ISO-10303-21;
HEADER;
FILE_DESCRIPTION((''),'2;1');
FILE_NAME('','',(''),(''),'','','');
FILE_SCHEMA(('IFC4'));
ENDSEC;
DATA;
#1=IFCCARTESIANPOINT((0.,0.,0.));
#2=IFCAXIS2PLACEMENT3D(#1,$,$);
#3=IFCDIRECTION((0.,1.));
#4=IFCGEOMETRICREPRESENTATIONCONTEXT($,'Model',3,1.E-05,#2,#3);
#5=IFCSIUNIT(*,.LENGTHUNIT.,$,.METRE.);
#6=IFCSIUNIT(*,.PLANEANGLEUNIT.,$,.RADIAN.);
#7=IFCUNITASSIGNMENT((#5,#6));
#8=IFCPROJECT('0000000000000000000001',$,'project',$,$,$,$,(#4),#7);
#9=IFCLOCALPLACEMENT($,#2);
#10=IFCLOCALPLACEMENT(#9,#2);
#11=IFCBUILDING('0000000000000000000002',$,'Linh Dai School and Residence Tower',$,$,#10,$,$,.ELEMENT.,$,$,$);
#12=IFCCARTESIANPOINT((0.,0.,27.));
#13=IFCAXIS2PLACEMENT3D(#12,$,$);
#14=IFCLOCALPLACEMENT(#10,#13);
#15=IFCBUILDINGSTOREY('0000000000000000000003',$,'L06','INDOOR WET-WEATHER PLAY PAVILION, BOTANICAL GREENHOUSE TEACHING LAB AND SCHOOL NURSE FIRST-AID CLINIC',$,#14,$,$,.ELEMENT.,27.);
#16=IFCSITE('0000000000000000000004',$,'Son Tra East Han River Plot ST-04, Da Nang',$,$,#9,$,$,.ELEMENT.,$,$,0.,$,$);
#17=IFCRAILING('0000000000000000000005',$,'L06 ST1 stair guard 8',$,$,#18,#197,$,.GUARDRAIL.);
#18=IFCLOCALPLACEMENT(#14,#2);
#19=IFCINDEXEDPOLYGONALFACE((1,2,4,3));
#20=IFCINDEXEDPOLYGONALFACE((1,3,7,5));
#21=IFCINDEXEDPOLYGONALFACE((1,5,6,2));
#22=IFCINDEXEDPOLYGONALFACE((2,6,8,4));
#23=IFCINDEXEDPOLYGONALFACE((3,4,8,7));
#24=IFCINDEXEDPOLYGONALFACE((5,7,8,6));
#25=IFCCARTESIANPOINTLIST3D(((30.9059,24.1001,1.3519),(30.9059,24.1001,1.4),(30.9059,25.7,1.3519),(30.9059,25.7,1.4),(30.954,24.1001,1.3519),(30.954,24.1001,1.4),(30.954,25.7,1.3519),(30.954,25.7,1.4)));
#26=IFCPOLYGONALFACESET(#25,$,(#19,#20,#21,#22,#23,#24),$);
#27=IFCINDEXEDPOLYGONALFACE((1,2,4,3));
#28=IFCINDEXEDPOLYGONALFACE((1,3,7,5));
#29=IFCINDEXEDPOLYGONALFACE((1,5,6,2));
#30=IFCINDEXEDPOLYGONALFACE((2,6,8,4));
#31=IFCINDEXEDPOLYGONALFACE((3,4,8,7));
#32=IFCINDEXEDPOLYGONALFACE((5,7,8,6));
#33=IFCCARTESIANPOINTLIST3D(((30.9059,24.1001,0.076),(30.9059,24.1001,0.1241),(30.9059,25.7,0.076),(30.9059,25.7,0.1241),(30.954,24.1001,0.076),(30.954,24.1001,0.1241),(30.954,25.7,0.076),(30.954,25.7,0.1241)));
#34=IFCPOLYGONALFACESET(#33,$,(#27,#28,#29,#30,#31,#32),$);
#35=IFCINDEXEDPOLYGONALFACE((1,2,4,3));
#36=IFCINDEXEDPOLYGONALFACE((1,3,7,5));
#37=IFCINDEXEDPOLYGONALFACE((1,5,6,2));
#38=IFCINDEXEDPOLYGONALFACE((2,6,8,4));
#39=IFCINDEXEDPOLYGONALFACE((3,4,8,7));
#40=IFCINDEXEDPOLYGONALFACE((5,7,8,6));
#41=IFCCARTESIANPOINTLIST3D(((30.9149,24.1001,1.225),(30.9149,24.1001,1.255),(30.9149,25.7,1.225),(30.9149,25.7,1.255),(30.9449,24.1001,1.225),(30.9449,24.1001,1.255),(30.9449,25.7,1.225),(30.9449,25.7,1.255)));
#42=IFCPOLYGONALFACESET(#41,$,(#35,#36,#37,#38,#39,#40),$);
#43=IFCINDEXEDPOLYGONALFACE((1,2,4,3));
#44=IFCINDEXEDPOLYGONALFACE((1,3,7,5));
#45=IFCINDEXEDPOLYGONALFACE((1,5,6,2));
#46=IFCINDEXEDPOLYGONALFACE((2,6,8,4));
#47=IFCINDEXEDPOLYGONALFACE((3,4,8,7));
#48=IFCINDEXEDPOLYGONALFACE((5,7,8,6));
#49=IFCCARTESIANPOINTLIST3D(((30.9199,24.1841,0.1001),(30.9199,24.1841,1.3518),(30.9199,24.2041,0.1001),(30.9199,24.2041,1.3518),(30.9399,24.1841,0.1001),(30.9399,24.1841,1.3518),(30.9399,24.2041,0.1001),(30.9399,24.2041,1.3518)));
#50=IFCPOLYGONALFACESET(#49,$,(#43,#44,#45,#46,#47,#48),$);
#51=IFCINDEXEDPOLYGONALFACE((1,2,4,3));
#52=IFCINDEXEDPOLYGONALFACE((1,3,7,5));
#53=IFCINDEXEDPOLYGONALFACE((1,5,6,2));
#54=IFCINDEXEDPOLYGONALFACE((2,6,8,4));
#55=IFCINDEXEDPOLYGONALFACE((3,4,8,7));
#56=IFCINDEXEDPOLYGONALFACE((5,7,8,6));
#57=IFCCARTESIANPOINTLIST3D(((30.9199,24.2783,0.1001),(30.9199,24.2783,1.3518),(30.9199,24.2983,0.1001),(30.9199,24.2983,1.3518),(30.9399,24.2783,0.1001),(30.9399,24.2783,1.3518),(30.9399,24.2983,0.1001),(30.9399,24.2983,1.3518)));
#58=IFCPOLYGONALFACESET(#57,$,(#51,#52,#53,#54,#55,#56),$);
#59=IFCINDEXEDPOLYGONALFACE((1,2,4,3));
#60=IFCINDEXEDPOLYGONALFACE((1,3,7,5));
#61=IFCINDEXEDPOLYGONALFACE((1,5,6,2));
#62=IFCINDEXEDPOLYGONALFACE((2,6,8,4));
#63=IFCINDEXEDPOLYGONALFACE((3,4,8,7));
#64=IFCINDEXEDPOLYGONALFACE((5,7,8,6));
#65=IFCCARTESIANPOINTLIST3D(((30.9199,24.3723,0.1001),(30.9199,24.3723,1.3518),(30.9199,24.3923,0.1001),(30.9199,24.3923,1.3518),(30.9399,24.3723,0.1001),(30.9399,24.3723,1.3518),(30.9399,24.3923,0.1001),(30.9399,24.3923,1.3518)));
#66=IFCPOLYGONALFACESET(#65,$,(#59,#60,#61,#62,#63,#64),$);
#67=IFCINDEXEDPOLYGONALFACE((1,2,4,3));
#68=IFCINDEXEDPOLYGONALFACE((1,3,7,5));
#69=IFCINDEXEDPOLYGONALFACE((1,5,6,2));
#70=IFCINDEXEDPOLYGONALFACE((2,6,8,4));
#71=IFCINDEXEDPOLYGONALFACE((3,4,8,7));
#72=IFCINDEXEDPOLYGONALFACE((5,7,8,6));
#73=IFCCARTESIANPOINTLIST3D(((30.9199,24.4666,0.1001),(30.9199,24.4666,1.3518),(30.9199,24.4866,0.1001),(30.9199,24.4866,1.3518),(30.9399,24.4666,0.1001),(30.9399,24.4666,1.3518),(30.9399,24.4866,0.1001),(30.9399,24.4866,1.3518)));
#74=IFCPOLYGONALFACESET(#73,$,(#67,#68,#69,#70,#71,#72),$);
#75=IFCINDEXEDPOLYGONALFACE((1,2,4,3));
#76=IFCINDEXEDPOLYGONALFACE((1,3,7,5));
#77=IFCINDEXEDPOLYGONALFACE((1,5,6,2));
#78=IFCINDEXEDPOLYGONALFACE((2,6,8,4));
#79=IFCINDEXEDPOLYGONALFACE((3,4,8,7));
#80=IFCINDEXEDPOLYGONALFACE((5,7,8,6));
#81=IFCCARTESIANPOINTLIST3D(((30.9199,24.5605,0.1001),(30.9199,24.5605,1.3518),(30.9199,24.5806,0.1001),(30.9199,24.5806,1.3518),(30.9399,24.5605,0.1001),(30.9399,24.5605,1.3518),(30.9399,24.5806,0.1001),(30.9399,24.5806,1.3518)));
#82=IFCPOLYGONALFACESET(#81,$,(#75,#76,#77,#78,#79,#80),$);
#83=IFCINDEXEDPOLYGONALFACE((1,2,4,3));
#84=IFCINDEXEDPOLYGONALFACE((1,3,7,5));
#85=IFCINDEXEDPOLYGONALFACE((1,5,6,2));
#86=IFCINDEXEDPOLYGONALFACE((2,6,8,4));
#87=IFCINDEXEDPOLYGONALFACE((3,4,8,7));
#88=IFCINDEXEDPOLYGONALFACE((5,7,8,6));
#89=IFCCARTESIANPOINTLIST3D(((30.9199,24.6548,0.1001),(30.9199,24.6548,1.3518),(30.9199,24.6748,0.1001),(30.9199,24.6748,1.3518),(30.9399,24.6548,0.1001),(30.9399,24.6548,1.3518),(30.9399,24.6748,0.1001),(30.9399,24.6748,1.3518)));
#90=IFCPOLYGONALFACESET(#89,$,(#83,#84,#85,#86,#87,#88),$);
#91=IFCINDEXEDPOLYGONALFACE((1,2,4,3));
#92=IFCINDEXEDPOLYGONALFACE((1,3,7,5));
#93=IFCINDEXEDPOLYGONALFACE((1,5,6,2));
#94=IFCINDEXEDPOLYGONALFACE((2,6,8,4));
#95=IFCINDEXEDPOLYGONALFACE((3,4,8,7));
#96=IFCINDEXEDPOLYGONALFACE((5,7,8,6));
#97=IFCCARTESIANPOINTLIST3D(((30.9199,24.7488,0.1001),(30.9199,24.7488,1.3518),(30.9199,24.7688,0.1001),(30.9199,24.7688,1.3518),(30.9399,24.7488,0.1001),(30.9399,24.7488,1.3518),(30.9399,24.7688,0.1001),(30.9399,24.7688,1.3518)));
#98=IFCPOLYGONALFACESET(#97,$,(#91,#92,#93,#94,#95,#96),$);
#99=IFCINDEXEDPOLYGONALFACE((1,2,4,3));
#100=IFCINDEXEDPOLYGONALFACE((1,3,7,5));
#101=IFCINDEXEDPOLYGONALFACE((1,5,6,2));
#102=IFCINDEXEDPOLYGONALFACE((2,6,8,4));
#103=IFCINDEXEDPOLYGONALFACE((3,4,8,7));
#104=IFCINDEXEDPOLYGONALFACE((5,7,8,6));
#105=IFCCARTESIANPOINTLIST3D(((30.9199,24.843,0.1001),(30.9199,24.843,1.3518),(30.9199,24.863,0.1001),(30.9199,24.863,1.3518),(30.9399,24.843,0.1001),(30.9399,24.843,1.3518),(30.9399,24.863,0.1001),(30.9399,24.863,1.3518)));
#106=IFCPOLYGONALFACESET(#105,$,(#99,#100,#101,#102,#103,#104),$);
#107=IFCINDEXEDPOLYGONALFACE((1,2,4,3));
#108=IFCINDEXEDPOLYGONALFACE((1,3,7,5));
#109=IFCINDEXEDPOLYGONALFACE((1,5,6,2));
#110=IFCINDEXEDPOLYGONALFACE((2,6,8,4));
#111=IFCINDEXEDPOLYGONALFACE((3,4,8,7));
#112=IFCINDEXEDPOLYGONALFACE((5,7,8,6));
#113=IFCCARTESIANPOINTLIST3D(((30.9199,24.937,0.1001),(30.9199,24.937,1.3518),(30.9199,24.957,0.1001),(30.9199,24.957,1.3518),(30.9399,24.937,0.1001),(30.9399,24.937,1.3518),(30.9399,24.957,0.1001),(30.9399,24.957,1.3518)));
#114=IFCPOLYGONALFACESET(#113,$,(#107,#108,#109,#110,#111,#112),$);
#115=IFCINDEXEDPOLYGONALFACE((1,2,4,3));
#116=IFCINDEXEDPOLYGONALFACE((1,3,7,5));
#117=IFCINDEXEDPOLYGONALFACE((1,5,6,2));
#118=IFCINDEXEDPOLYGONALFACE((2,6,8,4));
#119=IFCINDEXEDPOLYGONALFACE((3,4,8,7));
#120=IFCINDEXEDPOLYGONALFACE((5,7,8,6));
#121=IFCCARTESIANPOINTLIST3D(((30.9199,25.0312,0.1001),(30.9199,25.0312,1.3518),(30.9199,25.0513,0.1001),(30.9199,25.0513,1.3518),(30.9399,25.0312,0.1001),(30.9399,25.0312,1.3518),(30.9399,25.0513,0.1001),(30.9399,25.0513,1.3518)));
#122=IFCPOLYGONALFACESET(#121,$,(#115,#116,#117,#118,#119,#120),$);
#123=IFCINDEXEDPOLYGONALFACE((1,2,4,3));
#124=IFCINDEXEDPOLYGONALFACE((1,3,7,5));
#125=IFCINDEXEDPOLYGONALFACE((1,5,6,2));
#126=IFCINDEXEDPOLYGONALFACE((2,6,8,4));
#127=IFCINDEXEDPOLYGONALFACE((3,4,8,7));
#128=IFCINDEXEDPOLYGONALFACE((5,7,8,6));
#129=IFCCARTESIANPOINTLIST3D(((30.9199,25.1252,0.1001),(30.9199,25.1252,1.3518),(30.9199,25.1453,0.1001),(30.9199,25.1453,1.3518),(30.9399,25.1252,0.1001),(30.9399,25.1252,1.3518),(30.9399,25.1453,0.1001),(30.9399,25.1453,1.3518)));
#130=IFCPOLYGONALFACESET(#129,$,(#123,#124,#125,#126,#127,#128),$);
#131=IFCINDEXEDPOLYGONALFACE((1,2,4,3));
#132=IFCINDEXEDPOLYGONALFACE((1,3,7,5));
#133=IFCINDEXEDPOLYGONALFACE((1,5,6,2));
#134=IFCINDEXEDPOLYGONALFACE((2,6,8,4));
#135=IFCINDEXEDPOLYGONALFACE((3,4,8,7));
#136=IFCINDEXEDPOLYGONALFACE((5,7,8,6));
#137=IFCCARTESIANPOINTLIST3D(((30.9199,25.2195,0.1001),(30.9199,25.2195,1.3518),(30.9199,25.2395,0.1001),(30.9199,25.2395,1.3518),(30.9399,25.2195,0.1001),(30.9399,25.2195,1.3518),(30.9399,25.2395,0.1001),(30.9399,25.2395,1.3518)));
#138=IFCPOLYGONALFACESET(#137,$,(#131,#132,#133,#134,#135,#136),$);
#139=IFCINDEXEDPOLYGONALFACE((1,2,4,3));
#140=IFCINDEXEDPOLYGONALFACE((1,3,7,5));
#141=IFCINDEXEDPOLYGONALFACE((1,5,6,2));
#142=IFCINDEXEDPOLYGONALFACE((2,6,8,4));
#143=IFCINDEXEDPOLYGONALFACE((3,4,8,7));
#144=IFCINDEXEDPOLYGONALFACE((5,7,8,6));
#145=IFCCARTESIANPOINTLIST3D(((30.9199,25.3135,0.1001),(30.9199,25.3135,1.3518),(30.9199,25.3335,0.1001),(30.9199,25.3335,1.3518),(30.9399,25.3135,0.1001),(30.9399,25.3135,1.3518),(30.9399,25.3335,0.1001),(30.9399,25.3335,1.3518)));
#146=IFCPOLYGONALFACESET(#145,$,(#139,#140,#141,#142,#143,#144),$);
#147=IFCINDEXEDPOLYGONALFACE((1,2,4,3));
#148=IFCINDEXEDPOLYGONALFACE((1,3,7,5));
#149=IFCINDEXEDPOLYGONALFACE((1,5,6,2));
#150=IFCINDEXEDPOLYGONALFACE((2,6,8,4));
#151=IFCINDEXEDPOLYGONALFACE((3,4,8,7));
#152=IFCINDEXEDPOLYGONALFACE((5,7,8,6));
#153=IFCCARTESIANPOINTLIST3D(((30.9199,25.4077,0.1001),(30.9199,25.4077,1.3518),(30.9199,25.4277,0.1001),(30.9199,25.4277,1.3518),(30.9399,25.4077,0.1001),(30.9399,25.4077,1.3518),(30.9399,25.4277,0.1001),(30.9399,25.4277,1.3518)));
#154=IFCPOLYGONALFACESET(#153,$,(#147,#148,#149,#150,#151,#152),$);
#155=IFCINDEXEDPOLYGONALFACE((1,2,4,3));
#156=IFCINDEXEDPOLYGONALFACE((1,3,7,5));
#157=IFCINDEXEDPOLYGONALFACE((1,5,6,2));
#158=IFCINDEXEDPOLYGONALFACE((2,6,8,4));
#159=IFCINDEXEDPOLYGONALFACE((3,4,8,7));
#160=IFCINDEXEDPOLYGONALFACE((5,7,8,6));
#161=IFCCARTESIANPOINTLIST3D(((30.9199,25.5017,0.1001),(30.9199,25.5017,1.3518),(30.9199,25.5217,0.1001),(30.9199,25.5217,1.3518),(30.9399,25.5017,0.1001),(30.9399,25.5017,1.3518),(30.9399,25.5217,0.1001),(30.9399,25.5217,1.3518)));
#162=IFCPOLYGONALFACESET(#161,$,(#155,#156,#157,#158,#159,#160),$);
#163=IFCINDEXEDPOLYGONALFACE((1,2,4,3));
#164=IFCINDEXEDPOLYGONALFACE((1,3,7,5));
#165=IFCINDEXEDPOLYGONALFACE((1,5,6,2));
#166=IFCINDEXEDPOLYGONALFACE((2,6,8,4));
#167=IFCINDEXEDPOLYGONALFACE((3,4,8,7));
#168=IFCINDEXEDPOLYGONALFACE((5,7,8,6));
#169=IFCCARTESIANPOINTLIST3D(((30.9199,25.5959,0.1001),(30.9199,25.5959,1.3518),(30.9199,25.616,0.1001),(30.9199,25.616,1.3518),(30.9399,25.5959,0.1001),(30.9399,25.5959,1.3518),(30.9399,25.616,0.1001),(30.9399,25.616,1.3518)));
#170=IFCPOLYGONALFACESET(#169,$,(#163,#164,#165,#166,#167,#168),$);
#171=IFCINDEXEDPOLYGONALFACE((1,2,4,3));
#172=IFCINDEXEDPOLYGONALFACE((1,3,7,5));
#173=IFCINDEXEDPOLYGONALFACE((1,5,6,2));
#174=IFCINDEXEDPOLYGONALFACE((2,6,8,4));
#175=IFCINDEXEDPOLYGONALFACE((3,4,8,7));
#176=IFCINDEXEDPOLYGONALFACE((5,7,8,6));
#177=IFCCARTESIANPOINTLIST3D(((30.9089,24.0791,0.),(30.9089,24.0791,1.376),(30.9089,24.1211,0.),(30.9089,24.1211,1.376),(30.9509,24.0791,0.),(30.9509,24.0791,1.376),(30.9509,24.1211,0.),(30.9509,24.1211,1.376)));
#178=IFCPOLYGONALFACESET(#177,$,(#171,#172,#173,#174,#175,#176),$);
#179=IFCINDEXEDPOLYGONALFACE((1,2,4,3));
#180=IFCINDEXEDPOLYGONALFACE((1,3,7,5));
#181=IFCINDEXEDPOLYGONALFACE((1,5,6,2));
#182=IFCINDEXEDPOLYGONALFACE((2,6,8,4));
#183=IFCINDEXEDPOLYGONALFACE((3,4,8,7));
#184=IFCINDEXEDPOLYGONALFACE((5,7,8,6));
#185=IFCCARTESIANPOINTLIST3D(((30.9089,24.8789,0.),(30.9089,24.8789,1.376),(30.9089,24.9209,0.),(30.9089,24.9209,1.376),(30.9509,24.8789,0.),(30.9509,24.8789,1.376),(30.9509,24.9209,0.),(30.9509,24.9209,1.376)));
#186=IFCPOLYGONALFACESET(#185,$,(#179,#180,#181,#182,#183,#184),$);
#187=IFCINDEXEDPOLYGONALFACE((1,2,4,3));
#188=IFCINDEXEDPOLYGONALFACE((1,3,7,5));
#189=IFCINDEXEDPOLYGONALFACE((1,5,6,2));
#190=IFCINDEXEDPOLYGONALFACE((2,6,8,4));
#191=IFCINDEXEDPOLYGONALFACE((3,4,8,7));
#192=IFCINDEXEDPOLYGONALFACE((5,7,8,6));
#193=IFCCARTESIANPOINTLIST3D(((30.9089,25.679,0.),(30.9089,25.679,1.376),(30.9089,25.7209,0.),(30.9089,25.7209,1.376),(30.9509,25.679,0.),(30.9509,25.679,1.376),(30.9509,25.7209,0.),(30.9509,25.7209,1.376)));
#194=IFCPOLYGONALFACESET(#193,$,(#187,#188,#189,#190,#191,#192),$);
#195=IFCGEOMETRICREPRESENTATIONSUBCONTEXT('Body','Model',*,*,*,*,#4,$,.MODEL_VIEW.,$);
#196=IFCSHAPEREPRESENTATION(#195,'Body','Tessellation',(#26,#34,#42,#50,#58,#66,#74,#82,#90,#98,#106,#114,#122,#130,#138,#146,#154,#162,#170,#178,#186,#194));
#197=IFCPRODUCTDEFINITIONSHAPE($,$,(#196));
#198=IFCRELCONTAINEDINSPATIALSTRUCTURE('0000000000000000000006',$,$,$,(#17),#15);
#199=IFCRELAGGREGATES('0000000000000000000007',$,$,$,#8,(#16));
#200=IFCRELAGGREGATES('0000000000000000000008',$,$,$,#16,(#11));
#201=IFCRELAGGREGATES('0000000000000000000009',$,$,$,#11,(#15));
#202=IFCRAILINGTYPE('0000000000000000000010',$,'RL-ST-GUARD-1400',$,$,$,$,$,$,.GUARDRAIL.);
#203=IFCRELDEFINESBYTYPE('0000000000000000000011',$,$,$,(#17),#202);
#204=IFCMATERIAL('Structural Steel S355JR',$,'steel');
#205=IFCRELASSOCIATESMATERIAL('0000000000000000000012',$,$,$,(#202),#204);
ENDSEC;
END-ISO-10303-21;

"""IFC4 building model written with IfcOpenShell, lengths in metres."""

from ifc_helpers import new_model, si_unit, direction, frame, origin, origin_2d, place, context, subcontext, project, spatial, rectangle, extrude, source, transform, mapped, material, type_object, element, save


model = new_model("IFC4")

# Units and contexts
model_context = context("Model", 3, precision=1e-05, world=origin(), true_north=direction((0.0, 1.0)))
body_context = subcontext(model_context, "Body", "Model", "MODEL_VIEW")
ifc_project = project(units=[si_unit("LENGTHUNIT", "METRE"), si_unit("PLANEANGLEUNIT", "RADIAN")], contexts=[model_context])

# Site, building, storey
site_placement = place(None, origin())
site = spatial("IfcSite", under=ifc_project, at=site_placement, Name="Son Tra East Han River Plot ST-04, Da Nang", CompositionType="ELEMENT", RefElevation=0.0)
building_placement = place(site_placement, origin())
building = spatial("IfcBuilding", under=site, at=building_placement, Name="Linh Dai School and Residence Tower", CompositionType="ELEMENT")
storey_placement = place(building_placement, frame((0.0, 0.0, 27.0)))
storey = spatial("IfcBuildingStorey", under=building, at=storey_placement, Name="L06", Description="INDOOR WET-WEATHER PLAY PAVILION, BOTANICAL GREENHOUSE TEACHING LAB AND SCHOOL NURSE FIRST-AID CLINIC", CompositionType="ELEMENT", Elevation=27.0)

# Shared definitions
ifc_material_1 = material(Name="Structural Steel S355JR", Category="steel")

# Railing
railing_type_1 = type_object("IfcRailingType", Name="RL-ST-GUARD-1400", PredefinedType="GUARDRAIL", material=ifc_material_1)
shared_shape_1 = source(origin(), body_context, "Body", "SweptSolid", [
    extrude(rectangle(XDim=0.0481, YDim=0.0481, at=origin_2d()), frame((0.0, 0.0, 1.376), z_axis=(0.0, 1.0, 0.0), x_axis=(-1.0, 0.0, 0.0)), (0.0, 0.0, 1.0), 1.5999),
    extrude(rectangle(XDim=0.0481, YDim=0.0481, at=origin_2d()), frame((0.0, 0.0, 0.1001), z_axis=(0.0, 1.0, 0.0), x_axis=(-1.0, 0.0, 0.0)), (0.0, 0.0, 1.0), 1.5999),
    extrude(rectangle(XDim=0.03, YDim=0.03, at=origin_2d()), frame((0.0, 0.0, 1.24), z_axis=(0.0, 1.0, 0.0), x_axis=(-1.0, 0.0, 0.0)), (0.0, 0.0, 1.0), 1.5999),
    extrude(rectangle(XDim=0.02, YDim=0.02, at=origin_2d()), frame((0.0, 0.094, 0.1001)), (0.0, 0.0, 1.0), 1.2517),
    extrude(rectangle(XDim=0.02, YDim=0.02, at=origin_2d()), frame((0.0, 0.1882, 0.1001)), (0.0, 0.0, 1.0), 1.2517),
    extrude(rectangle(XDim=0.02, YDim=0.02, at=origin_2d()), frame((0.0, 0.2822, 0.1001)), (0.0, 0.0, 1.0), 1.2517),
    extrude(rectangle(XDim=0.02, YDim=0.02, at=origin_2d()), frame((0.0, 0.3765, 0.1001)), (0.0, 0.0, 1.0), 1.2517),
    extrude(rectangle(XDim=0.02, YDim=0.02, at=origin_2d()), frame((0.0, 0.4705, 0.1001)), (0.0, 0.0, 1.0), 1.2517),
    extrude(rectangle(XDim=0.02, YDim=0.02, at=origin_2d()), frame((0.0, 0.5647, 0.1001)), (0.0, 0.0, 1.0), 1.2517),
    extrude(rectangle(XDim=0.02, YDim=0.02, at=origin_2d()), frame((0.0, 0.6587, 0.1001)), (0.0, 0.0, 1.0), 1.2517),
    extrude(rectangle(XDim=0.02, YDim=0.02, at=origin_2d()), frame((0.0, 0.7529, 0.1001)), (0.0, 0.0, 1.0), 1.2517),
    extrude(rectangle(XDim=0.02, YDim=0.02, at=origin_2d()), frame((0.0, 0.8469, 0.1001)), (0.0, 0.0, 1.0), 1.2517),
    extrude(rectangle(XDim=0.02, YDim=0.02, at=origin_2d()), frame((0.0, 0.9412, 0.1001)), (0.0, 0.0, 1.0), 1.2517),
    extrude(rectangle(XDim=0.02, YDim=0.02, at=origin_2d()), frame((0.0, 1.0352, 0.1001)), (0.0, 0.0, 1.0), 1.2517),
    extrude(rectangle(XDim=0.02, YDim=0.02, at=origin_2d()), frame((0.0, 1.1294, 0.1001)), (0.0, 0.0, 1.0), 1.2517),
    extrude(rectangle(XDim=0.02, YDim=0.02, at=origin_2d()), frame((0.0, 1.2234, 0.1001)), (0.0, 0.0, 1.0), 1.2517),
    extrude(rectangle(XDim=0.02, YDim=0.02, at=origin_2d()), frame((0.0, 1.3176, 0.1001)), (0.0, 0.0, 1.0), 1.2517),
    extrude(rectangle(XDim=0.02, YDim=0.02, at=origin_2d()), frame((0.0, 1.4116, 0.1001)), (0.0, 0.0, 1.0), 1.2517),
    extrude(rectangle(XDim=0.02, YDim=0.02, at=origin_2d()), frame((0.0, 1.5059, 0.1001)), (0.0, 0.0, 1.0), 1.2517),
    extrude(rectangle(XDim=0.042, YDim=0.042, at=origin_2d()), origin(), (0.0, 0.0, 1.0), 1.376),
    extrude(rectangle(XDim=0.042, YDim=0.042, at=origin_2d()), frame((0.0, 0.7998, 0.0)), (0.0, 0.0, 1.0), 1.376),
    extrude(rectangle(XDim=0.042, YDim=0.042, at=origin_2d()), frame((0.0, 1.5999, 0.0)), (0.0, 0.0, 1.0), 1.376),
])
for number, where, name in (
    (1, (30.9299, 24.1001, 0.0), "L06 ST1 stair guard 8"),
):
    element("IfcRailing", number, at=place(storey_placement, frame(where)), inside=storey, type_object=railing_type_1, Name=name, PredefinedType="GUARDRAIL", context=body_context, shape_type="MappedRepresentation", body=[
        mapped(shared_shape_1, transform((0.0, 0.0, 0.0), x_axis=(1.0, 0.0, 0.0), y_axis=(0.0, 1.0, 0.0), z_axis=(0.0, 0.0, 1.0), scale=1.0)),
    ])

save(model, "model.ifc")
